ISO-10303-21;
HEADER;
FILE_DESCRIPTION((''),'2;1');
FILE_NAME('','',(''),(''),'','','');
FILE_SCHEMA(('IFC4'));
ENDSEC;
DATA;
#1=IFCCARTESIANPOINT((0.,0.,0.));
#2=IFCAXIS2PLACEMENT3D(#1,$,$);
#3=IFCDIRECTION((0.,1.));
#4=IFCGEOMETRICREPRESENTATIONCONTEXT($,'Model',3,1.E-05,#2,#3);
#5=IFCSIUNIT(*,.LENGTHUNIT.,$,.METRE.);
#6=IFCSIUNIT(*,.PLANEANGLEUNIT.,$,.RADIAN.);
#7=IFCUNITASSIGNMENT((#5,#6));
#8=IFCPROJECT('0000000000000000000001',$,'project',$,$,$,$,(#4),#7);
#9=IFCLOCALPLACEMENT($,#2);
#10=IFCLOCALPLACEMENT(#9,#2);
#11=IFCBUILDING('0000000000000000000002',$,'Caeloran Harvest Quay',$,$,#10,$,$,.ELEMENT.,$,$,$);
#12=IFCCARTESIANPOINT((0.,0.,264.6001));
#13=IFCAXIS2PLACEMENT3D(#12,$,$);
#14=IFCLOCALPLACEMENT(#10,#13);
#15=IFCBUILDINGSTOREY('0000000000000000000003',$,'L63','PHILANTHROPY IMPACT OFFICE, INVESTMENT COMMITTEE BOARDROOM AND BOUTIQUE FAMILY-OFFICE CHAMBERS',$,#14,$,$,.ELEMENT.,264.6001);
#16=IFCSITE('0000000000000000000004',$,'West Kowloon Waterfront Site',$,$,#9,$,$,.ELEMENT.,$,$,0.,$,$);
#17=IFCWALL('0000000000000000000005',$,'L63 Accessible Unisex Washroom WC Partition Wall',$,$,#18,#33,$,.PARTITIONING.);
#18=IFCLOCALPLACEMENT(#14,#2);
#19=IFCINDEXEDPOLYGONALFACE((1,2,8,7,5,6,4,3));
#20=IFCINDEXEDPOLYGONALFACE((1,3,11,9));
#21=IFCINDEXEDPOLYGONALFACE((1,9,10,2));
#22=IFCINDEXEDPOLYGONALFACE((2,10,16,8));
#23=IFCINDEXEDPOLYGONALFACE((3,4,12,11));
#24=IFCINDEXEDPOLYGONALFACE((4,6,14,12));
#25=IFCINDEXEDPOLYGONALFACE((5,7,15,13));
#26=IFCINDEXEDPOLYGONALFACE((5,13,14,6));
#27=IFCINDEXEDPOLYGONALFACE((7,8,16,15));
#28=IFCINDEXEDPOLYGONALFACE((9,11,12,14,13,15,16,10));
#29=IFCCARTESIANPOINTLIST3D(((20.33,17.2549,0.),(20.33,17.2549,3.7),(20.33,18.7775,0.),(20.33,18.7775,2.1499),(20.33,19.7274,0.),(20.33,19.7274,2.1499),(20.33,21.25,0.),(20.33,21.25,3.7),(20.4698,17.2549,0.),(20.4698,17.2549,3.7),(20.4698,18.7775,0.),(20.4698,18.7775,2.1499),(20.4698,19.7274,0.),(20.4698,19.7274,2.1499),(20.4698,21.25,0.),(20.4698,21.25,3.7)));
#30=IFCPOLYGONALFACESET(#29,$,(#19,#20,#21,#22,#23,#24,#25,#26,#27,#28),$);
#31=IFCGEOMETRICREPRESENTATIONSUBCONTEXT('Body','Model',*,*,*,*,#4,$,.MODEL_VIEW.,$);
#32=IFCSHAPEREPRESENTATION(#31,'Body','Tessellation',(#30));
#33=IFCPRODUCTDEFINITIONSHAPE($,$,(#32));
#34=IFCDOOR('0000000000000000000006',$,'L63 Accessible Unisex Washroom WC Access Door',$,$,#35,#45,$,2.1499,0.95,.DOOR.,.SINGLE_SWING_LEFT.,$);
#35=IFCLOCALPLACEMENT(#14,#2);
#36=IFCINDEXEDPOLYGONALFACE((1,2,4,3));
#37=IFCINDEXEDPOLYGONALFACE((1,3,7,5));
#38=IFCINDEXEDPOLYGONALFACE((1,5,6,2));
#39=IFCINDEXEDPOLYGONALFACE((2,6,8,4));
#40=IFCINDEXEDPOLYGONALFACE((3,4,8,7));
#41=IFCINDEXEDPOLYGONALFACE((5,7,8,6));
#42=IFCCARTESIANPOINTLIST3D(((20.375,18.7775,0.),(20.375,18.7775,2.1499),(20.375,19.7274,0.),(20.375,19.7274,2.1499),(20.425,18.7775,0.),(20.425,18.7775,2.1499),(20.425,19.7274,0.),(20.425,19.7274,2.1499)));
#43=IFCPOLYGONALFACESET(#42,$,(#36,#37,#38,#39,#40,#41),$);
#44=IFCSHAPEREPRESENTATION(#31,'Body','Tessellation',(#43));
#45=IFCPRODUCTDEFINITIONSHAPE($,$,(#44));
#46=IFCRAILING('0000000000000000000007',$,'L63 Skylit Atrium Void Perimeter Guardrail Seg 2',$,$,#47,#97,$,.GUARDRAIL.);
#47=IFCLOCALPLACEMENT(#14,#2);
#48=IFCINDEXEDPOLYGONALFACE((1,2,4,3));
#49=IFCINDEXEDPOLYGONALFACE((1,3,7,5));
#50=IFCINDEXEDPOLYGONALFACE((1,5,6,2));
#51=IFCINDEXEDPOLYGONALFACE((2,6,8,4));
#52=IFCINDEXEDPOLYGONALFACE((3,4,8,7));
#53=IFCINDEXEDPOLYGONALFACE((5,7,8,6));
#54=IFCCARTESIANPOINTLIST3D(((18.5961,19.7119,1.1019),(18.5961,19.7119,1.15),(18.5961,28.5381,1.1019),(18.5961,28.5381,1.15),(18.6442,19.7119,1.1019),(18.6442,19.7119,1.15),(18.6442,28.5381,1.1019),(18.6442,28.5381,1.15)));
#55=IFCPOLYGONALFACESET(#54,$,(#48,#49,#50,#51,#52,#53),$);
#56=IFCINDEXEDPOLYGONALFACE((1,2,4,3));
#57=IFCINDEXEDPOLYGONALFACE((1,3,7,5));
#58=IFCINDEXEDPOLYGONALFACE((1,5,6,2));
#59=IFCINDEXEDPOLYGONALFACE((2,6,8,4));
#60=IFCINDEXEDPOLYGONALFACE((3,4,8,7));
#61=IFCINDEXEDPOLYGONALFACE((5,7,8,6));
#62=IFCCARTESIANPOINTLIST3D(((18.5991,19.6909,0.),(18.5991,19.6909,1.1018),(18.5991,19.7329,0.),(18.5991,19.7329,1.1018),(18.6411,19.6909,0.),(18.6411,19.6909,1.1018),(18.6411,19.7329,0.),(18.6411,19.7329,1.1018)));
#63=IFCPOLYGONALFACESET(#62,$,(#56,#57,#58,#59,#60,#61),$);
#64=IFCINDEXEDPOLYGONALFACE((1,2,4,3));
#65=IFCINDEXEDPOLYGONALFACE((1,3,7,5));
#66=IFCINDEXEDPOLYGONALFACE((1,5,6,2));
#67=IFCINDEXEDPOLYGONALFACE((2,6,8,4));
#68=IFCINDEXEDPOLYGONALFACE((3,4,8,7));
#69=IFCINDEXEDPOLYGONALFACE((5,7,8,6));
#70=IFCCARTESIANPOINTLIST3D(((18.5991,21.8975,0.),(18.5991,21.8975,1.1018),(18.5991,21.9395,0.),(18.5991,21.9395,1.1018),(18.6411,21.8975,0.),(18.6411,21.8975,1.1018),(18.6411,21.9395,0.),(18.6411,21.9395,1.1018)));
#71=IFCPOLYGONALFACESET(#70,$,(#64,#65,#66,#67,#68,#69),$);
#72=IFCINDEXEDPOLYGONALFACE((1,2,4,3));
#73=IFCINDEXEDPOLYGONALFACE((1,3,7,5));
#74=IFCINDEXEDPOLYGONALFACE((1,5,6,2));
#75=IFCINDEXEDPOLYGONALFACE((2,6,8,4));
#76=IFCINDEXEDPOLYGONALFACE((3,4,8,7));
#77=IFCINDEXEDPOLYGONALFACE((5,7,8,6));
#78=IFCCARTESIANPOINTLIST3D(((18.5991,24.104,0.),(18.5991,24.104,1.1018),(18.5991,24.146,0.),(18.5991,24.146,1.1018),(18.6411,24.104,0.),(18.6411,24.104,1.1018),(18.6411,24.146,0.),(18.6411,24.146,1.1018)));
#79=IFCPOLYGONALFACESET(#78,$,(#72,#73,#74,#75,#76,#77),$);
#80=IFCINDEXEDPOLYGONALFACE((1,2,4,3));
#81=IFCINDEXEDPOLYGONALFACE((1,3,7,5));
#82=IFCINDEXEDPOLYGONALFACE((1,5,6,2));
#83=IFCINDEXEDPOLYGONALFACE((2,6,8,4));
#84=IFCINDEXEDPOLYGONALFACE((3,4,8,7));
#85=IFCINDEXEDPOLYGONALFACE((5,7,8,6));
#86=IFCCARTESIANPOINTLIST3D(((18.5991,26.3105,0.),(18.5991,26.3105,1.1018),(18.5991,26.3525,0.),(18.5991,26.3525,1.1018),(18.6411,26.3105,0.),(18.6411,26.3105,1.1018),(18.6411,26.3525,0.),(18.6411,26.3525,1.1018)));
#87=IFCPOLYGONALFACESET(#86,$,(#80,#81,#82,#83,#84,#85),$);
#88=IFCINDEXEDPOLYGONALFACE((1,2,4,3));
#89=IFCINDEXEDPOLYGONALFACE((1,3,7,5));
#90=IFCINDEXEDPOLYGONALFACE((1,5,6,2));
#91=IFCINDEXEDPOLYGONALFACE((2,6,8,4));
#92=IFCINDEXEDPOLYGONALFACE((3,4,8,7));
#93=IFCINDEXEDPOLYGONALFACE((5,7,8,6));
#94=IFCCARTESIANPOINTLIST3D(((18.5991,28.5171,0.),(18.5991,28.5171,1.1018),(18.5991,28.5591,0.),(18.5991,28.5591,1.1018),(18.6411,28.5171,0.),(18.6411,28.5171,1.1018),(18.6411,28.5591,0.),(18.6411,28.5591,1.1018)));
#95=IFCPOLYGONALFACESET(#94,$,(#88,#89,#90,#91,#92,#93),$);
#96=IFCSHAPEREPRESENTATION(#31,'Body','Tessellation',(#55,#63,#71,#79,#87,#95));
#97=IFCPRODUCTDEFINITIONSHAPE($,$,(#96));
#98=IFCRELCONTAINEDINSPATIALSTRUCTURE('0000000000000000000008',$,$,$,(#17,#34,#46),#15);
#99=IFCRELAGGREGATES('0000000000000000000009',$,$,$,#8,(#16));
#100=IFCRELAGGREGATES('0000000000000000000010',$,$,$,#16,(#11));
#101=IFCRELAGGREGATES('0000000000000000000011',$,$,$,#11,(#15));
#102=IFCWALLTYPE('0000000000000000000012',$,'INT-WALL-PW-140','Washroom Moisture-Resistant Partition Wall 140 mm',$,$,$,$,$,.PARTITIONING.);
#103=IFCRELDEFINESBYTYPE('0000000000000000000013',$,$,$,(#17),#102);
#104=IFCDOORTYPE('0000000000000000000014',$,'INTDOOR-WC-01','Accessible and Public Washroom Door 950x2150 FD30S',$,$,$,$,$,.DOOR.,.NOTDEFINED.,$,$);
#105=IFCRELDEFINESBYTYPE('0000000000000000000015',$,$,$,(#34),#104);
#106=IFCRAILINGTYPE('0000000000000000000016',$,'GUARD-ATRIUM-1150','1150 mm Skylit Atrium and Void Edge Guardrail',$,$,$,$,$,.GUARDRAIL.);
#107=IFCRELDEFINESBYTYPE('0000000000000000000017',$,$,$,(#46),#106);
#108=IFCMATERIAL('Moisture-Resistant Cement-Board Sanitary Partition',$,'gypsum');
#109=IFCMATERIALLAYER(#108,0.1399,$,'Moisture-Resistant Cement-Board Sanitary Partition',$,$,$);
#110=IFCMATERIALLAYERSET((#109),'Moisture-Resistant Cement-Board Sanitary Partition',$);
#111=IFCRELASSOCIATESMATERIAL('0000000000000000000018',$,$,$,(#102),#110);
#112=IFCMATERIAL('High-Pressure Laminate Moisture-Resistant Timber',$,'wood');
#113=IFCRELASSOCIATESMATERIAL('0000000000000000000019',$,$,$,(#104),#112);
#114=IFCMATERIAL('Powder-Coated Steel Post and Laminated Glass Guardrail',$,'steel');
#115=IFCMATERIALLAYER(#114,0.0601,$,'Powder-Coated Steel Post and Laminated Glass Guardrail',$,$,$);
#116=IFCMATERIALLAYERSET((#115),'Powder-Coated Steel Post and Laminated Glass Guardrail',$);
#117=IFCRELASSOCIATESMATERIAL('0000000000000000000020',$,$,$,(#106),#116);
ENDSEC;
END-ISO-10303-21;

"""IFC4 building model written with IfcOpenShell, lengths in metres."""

from ifc_helpers import new_model, si_unit, direction, frame, frame_2d, origin, origin_2d, place, context, subcontext, project, spatial, rectangle, extrude, material, layer, layer_set, type_object, element, fill, save


model = new_model("IFC4")

# Units and contexts
model_context = context("Model", 3, precision=1e-05, world=origin(), true_north=direction((0.0, 1.0)))
body_context = subcontext(model_context, "Body", "Model", "MODEL_VIEW")
ifc_project = project(units=[si_unit("LENGTHUNIT", "METRE"), si_unit("PLANEANGLEUNIT", "RADIAN")], contexts=[model_context])

# Site, building, storey
site_placement = place(None, origin())
site = spatial("IfcSite", under=ifc_project, at=site_placement, Name="West Kowloon Waterfront Site", CompositionType="ELEMENT", RefElevation=0.0)
building_placement = place(site_placement, origin())
building = spatial("IfcBuilding", under=site, at=building_placement, Name="Caeloran Harvest Quay", CompositionType="ELEMENT")
storey_placement = place(building_placement, frame((0.0, 0.0, 264.6001)))
storey = spatial("IfcBuildingStorey", under=building, at=storey_placement, Name="L63", Description="PHILANTHROPY IMPACT OFFICE, INVESTMENT COMMITTEE BOARDROOM AND BOUTIQUE FAMILY-OFFICE CHAMBERS", CompositionType="ELEMENT", Elevation=264.6001)

# Shared definitions
ifc_material_1 = material(Name="Moisture-Resistant Cement-Board Sanitary Partition", Category="gypsum")
ifc_layer_1 = layer(ifc_material_1, 0.1399, Name="Moisture-Resistant Cement-Board Sanitary Partition")
ifc_layer_set_1 = layer_set([ifc_layer_1], Name="Moisture-Resistant Cement-Board Sanitary Partition")
wall_type_1 = type_object("IfcWallType", Name="INT-WALL-PW-140", Description="Washroom Moisture-Resistant Partition Wall 140 mm", PredefinedType="PARTITIONING", material=ifc_layer_set_1)

# Shared definitions
ifc_material_2 = material(Name="High-Pressure Laminate Moisture-Resistant Timber", Category="wood")
door_type = type_object("IfcDoorType", Name="INTDOOR-WC-01", Description="Accessible and Public Washroom Door 950x2150 FD30S", OperationType="NOTDEFINED", PredefinedType="DOOR", material=ifc_material_2)

# Wall, opening, door
wall_1_placement = place(storey_placement, frame((20.3999, 17.2549, 0.0), z_axis=(0.0, 0.0, 1.0), x_axis=(0.0, 1.0, 0.0)))
wall_1 = element("IfcWall", 1, at=wall_1_placement, inside=storey, type_object=wall_type_1, Name="L63 Accessible Unisex Washroom WC Partition Wall", PredefinedType="PARTITIONING", context=body_context, shape_type="SweptSolid", body=[
    extrude(rectangle(XDim=3.9951, YDim=0.1399, at=frame_2d((1.9976, 0.0))), origin(), (0.0, 0.0, 1.0), 3.7),
])
opening_1_placement = place(wall_1_placement, frame((1.5225, 0.0, 0.0)))
opening_1 = element("IfcOpeningElement", 2, at=opening_1_placement, cuts=wall_1, PredefinedType="OPENING", context=body_context, shape_type="SweptSolid", body=[
    extrude(rectangle(XDim=0.95, YDim=2.1499, at=frame_2d((0.4751, 1.075))), frame((0.0, 0.0801, 0.0), z_axis=(0.0, -1.0, 0.0), x_axis=(1.0, 0.0, 0.0)), (0.0, 0.0, 1.0), 0.1599),
])
door_1_placement = place(opening_1_placement, origin())
door_1 = element("IfcDoor", 3, at=door_1_placement, inside=storey, type_object=door_type, Name="L63 Accessible Unisex Washroom WC Access Door", OperationType="SINGLE_SWING_LEFT", OverallHeight=2.1499, OverallWidth=0.95, PredefinedType="DOOR", context=body_context, shape_type="SweptSolid", body=[
    extrude(rectangle(XDim=0.95, YDim=2.1499, at=frame_2d((0.4751, 1.075))), frame((0.0, 0.0249, 0.0), z_axis=(0.0, -1.0, 0.0), x_axis=(1.0, 0.0, 0.0)), (0.0, 0.0, 1.0), 0.05),
])
fill(opening_1, door_1)

# Railing
ifc_material_3 = material(Name="Powder-Coated Steel Post and Laminated Glass Guardrail", Category="steel")
ifc_layer_2 = layer(ifc_material_3, 0.0601, Name="Powder-Coated Steel Post and Laminated Glass Guardrail")
ifc_layer_set_2 = layer_set([ifc_layer_2], Name="Powder-Coated Steel Post and Laminated Glass Guardrail")
railing_type = type_object("IfcRailingType", Name="GUARD-ATRIUM-1150", Description="1150 mm Skylit Atrium and Void Edge Guardrail", PredefinedType="GUARDRAIL", material=ifc_layer_set_2)
railing_placement = place(storey_placement, frame((18.6201, 19.7119, 0.0)))
element("IfcRailing", 4, at=railing_placement, inside=storey, type_object=railing_type, Name="L63 Skylit Atrium Void Perimeter Guardrail Seg 2", PredefinedType="GUARDRAIL", context=body_context, shape_type="SweptSolid", body=[
    extrude(rectangle(XDim=0.0481, YDim=0.0481, at=origin_2d()), frame((0.0, 0.0, 1.126), z_axis=(0.0, 1.0, 0.0), x_axis=(-1.0, 0.0, 0.0)), (0.0, 0.0, 1.0), 8.8262),
    extrude(rectangle(XDim=0.042, YDim=0.042, at=origin_2d()), origin(), (0.0, 0.0, 1.0), 1.1018),
    extrude(rectangle(XDim=0.042, YDim=0.042, at=origin_2d()), frame((0.0, 2.2065, 0.0)), (0.0, 0.0, 1.0), 1.1018),
    extrude(rectangle(XDim=0.042, YDim=0.042, at=origin_2d()), frame((0.0, 4.4131, 0.0)), (0.0, 0.0, 1.0), 1.1018),
    extrude(rectangle(XDim=0.042, YDim=0.042, at=origin_2d()), frame((0.0, 6.6196, 0.0)), (0.0, 0.0, 1.0), 1.1018),
    extrude(rectangle(XDim=0.042, YDim=0.042, at=origin_2d()), frame((0.0, 8.8262, 0.0)), (0.0, 0.0, 1.0), 1.1018),
])

save(model, "model.ifc")
